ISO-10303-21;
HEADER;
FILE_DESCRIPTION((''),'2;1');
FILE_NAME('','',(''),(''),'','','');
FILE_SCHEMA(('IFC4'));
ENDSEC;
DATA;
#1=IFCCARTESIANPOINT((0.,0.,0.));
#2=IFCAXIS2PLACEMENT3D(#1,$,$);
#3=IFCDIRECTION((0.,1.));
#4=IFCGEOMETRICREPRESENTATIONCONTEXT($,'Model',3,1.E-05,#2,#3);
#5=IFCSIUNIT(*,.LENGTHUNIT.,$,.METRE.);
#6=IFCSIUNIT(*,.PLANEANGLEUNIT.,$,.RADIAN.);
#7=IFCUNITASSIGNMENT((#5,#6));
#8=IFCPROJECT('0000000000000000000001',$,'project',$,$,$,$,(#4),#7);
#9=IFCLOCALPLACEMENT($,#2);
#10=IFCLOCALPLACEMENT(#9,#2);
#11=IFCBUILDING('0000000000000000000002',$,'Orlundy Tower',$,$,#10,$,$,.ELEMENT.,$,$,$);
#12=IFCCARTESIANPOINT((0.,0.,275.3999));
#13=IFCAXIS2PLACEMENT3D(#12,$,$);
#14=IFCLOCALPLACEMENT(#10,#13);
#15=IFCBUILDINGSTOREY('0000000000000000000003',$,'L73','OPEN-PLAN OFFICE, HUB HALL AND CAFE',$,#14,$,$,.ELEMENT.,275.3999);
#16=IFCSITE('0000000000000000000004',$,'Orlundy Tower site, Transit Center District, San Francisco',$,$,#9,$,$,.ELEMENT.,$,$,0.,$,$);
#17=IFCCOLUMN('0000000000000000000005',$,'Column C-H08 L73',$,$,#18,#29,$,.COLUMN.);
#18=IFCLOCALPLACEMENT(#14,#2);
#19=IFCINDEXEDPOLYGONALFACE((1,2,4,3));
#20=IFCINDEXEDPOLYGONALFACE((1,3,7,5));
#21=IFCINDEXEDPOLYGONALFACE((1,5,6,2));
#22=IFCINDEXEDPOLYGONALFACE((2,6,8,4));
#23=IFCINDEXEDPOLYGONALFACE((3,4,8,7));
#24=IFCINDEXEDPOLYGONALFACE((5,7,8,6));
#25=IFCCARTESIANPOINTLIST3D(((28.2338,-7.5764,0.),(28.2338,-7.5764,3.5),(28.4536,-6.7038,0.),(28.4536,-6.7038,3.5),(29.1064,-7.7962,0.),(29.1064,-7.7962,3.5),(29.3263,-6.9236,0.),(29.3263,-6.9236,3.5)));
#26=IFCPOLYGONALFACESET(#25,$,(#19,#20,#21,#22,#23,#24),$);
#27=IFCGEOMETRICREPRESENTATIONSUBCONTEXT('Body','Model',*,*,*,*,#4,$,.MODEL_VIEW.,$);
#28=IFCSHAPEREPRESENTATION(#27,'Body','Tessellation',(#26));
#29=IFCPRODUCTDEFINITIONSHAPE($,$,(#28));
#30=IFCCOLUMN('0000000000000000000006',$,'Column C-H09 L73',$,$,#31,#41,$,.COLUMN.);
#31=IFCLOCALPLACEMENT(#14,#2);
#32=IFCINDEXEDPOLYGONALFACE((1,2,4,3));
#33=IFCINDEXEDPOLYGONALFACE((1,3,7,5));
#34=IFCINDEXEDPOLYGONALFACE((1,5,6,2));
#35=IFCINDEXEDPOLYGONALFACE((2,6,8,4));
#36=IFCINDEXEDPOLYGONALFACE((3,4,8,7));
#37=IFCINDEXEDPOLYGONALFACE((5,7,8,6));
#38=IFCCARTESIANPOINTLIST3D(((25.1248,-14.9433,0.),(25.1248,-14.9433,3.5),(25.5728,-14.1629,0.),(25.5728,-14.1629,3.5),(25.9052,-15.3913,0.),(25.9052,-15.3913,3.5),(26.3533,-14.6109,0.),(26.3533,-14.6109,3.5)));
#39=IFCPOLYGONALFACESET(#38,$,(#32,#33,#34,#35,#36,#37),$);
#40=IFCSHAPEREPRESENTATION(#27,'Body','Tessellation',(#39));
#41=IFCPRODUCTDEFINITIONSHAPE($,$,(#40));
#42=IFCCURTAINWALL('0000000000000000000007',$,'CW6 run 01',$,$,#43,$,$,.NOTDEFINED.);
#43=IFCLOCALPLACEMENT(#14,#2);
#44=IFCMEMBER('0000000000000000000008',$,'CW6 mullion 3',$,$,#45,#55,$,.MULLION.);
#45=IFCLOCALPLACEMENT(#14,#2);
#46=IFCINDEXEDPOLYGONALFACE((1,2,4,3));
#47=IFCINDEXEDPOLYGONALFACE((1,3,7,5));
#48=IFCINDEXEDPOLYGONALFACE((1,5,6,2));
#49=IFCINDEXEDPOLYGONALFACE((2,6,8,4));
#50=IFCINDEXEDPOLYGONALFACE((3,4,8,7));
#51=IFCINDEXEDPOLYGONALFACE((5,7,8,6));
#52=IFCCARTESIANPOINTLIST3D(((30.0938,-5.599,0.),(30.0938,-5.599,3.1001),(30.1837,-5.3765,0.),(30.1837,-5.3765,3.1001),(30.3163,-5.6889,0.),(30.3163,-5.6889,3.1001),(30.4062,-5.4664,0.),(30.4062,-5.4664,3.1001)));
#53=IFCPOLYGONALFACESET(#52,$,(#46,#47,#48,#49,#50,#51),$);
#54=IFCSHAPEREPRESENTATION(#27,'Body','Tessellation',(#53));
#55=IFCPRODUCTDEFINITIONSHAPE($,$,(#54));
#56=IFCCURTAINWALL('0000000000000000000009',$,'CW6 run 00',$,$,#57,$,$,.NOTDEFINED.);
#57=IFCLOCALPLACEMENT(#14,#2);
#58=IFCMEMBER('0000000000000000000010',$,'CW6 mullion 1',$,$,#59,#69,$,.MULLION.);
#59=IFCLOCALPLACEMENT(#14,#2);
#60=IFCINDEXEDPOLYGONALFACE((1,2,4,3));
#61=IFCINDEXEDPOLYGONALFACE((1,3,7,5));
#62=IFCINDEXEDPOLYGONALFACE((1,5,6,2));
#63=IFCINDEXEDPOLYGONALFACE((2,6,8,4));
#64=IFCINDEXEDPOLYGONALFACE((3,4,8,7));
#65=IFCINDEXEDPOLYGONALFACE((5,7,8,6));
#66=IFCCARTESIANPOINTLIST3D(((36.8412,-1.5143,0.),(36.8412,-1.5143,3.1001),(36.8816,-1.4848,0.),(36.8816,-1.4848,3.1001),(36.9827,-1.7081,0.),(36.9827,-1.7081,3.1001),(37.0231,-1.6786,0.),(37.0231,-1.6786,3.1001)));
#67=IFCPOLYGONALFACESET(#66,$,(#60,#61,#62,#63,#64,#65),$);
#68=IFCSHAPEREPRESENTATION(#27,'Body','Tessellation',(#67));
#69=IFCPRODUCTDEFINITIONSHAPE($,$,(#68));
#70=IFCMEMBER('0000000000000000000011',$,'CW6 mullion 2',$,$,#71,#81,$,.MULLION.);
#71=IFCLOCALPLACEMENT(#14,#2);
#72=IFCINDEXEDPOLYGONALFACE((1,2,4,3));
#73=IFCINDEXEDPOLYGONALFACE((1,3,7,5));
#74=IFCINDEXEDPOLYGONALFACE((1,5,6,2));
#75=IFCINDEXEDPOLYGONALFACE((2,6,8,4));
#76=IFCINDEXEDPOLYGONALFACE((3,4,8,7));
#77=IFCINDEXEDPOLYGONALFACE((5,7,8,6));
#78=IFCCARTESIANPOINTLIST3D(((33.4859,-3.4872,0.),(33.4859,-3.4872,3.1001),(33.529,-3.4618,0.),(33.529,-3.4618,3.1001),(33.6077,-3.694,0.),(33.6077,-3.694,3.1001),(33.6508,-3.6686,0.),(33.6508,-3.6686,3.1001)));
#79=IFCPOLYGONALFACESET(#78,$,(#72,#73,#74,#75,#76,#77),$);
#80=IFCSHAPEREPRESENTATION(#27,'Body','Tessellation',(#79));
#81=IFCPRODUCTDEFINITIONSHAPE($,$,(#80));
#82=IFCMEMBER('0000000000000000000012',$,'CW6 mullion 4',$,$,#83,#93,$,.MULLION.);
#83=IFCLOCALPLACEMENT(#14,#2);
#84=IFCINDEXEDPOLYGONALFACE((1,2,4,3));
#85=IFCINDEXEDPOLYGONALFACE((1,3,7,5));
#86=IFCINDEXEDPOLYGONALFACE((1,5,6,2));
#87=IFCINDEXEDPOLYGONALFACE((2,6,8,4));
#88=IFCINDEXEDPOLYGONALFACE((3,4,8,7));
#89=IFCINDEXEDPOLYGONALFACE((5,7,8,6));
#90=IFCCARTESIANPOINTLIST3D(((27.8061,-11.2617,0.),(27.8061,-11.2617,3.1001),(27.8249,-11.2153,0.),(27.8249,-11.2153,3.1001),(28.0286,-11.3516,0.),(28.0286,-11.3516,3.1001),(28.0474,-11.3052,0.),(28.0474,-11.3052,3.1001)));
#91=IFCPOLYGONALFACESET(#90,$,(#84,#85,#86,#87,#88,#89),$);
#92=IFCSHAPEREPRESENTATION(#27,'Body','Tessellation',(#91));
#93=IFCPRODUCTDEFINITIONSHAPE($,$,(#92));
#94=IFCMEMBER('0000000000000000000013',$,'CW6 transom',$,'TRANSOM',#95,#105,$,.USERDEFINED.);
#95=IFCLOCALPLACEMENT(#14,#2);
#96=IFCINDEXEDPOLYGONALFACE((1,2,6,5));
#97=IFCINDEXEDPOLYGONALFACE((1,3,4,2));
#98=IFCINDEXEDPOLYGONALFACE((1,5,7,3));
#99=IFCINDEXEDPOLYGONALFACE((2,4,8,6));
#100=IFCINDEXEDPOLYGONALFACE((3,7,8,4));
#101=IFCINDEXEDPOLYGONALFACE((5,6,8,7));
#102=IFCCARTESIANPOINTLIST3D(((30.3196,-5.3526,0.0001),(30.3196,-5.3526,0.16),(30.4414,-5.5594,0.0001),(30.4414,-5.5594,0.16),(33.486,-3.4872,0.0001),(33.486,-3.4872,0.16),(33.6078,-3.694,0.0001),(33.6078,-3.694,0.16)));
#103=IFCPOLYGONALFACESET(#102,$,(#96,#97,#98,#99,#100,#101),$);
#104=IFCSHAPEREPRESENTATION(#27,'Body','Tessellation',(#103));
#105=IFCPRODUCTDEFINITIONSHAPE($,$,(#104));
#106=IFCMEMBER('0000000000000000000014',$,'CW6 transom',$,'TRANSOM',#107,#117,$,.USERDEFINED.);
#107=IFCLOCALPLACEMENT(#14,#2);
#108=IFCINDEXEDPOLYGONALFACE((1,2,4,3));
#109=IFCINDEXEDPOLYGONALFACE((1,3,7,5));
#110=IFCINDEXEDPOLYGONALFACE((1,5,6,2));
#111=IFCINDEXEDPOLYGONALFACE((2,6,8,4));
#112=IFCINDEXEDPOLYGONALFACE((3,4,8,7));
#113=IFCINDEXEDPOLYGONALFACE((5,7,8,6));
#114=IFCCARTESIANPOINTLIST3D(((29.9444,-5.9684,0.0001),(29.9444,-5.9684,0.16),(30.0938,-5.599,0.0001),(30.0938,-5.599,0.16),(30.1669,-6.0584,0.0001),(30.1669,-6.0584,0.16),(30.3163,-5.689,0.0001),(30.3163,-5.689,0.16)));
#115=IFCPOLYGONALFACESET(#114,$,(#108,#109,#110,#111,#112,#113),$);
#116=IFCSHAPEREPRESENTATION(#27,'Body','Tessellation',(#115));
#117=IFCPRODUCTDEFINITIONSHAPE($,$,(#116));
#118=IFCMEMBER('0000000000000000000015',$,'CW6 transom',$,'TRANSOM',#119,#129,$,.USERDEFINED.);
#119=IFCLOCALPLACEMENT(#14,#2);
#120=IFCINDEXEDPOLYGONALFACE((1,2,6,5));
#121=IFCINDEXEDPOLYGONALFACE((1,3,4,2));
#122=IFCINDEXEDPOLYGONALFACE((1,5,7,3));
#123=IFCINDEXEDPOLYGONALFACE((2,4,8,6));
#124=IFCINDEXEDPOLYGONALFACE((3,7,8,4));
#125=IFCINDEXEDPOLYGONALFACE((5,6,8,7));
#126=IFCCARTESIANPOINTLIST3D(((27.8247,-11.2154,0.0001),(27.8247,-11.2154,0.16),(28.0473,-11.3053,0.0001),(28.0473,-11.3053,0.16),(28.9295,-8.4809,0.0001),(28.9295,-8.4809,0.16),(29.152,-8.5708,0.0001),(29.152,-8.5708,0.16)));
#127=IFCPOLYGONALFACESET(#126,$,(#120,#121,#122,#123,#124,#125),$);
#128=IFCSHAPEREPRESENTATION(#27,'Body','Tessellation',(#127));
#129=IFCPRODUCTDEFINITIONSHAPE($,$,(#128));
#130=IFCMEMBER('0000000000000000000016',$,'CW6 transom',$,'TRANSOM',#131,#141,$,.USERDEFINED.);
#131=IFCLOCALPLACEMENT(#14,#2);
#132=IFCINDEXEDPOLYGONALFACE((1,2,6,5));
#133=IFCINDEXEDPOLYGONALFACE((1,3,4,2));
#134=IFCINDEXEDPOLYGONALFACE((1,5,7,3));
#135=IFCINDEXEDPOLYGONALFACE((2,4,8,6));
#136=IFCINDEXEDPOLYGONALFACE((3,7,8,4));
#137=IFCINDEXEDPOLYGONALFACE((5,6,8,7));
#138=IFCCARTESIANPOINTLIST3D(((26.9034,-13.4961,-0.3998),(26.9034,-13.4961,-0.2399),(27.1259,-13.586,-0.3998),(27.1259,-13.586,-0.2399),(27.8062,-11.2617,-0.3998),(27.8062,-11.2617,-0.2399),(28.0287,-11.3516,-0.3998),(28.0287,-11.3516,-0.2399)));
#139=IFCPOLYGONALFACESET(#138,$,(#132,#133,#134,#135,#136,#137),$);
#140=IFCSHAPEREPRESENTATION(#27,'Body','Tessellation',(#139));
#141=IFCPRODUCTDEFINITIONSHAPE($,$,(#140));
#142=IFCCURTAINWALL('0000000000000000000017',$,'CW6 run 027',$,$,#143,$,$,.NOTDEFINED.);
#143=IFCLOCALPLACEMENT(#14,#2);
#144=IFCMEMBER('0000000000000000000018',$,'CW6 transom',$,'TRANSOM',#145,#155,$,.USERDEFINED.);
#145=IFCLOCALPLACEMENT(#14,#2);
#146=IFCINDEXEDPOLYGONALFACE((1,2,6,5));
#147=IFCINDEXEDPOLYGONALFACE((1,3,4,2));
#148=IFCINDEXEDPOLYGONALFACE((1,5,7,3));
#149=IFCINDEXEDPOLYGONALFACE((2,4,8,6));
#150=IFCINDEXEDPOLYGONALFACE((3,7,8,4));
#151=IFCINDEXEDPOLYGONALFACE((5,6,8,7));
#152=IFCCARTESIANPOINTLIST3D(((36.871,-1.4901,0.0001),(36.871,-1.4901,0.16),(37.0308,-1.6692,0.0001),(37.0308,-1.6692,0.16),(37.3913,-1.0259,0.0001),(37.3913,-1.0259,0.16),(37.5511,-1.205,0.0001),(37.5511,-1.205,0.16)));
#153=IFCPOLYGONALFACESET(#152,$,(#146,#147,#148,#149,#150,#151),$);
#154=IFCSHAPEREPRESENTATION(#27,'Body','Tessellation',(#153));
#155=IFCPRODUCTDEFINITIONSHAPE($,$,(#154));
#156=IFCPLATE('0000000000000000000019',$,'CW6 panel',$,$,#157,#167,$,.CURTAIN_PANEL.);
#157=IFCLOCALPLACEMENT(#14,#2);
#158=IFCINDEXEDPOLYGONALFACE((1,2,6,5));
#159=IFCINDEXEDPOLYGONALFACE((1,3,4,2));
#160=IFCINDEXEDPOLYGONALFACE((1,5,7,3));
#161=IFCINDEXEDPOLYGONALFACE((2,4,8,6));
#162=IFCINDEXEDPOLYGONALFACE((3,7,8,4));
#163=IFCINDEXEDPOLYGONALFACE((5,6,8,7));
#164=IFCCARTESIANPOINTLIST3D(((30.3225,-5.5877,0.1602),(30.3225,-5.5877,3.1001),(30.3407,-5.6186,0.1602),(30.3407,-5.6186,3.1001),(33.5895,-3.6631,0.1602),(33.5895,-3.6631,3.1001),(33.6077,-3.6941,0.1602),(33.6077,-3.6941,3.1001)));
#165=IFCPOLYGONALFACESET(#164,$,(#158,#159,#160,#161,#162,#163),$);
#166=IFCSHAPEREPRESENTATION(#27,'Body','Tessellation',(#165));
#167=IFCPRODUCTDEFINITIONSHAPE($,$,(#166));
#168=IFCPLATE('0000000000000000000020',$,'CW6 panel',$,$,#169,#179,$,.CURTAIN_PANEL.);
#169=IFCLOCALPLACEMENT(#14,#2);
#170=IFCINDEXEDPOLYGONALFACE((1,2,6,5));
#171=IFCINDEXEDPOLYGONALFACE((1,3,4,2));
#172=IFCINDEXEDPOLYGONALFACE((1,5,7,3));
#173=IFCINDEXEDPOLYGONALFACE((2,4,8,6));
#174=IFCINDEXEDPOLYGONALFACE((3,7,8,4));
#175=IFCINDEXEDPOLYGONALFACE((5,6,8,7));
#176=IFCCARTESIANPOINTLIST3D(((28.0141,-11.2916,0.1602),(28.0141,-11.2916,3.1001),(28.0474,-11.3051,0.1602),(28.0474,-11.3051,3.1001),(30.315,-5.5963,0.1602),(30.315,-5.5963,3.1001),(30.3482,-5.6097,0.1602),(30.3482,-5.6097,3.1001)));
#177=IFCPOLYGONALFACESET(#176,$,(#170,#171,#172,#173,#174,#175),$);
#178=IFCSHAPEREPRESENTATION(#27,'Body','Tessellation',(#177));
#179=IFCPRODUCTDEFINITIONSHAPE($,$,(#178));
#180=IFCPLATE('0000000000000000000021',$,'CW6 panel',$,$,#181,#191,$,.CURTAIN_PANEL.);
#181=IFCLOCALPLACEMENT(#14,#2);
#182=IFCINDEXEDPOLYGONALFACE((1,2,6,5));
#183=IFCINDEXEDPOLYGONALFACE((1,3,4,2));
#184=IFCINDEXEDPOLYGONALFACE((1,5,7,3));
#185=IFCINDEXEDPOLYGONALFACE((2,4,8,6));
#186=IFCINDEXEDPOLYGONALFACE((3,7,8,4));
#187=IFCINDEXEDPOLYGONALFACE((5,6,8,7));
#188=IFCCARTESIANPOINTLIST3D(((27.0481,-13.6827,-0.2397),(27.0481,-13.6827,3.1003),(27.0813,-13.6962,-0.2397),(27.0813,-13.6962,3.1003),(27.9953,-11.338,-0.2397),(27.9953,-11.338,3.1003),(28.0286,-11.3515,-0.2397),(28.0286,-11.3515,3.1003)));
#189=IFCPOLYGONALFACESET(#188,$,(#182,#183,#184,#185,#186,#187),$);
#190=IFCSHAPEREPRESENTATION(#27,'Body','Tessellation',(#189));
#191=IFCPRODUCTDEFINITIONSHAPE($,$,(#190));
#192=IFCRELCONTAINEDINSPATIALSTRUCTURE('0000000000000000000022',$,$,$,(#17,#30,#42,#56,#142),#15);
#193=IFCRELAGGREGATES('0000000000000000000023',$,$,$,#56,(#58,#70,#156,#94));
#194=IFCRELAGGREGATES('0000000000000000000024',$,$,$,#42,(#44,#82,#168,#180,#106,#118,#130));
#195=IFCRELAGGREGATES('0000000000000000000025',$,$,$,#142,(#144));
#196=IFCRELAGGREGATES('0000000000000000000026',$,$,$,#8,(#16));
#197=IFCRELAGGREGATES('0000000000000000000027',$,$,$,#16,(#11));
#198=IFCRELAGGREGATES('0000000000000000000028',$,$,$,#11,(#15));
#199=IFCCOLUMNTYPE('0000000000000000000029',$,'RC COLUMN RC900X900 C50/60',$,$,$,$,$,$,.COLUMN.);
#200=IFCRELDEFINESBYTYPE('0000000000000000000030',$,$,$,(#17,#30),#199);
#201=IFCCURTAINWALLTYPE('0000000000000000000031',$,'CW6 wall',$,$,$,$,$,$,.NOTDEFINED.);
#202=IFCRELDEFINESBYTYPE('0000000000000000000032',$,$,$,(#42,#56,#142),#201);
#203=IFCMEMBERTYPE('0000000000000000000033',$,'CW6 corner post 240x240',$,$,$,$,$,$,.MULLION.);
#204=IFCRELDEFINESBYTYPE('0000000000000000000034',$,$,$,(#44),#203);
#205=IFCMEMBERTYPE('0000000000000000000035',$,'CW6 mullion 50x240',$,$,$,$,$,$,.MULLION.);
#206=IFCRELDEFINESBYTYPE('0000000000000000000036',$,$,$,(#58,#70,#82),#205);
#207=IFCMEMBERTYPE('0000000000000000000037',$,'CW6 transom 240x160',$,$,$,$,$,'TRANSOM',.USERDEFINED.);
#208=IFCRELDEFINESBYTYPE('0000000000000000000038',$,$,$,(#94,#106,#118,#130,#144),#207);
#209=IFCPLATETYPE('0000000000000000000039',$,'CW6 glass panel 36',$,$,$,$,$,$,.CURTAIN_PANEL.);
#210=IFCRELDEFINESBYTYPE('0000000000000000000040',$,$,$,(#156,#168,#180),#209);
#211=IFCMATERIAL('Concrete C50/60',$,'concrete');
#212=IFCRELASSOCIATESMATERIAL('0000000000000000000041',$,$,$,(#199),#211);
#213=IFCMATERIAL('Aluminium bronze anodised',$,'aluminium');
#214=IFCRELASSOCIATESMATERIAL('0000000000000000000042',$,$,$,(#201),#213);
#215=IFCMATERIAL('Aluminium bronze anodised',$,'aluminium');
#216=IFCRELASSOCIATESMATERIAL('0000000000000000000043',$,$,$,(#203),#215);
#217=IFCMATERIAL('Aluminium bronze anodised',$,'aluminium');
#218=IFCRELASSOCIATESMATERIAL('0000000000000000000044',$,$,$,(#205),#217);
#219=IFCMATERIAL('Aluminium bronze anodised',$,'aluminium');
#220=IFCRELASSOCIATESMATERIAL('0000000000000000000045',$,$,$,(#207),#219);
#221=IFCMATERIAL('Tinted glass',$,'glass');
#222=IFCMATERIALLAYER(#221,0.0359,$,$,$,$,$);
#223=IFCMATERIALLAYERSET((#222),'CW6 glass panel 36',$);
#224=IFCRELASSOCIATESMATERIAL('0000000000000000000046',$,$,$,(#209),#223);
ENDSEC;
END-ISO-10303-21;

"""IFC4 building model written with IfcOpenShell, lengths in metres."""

from ifc_helpers import new_model, si_unit, direction, frame, origin, origin_2d, place, context, subcontext, project, spatial, rectangle, extrude, material, layer, layer_set, material_profile, profile_set, type_object, element, aggregate, save


model = new_model("IFC4")

# Units and contexts
model_context = context("Model", 3, precision=1e-05, world=origin(), true_north=direction((0.0, 1.0)))
body_context = subcontext(model_context, "Body", "Model", "MODEL_VIEW")
ifc_project = project(units=[si_unit("LENGTHUNIT", "METRE"), si_unit("PLANEANGLEUNIT", "RADIAN")], contexts=[model_context])

# Site, building, storey
site_placement = place(None, origin())
site = spatial("IfcSite", under=ifc_project, at=site_placement, Name="Orlundy Tower site, Transit Center District, San Francisco", CompositionType="ELEMENT", RefElevation=0.0)
building_placement = place(site_placement, origin())
building = spatial("IfcBuilding", under=site, at=building_placement, Name="Orlundy Tower", CompositionType="ELEMENT")
storey_placement = place(building_placement, frame((0.0, 0.0, 275.3999)))
storey = spatial("IfcBuildingStorey", under=building, at=storey_placement, Name="L73", Description="OPEN-PLAN OFFICE, HUB HALL AND CAFE", CompositionType="ELEMENT", Elevation=275.3999)

# Columns
ifc_material_1 = material(Name="Concrete C50/60", Category="concrete")
ifc_material_profile_1 = material_profile(ifc_material_1, rectangle(XDim=0.8999, YDim=0.8999, at=origin_2d()), Name="RC900X900")
ifc_profile_set_1 = profile_set([ifc_material_profile_1], Name="Concrete C50/60")
column_type = type_object("IfcColumnType", Name="RC COLUMN RC900X900 C50/60", PredefinedType="COLUMN", material=ifc_profile_set_1)
for number, where, z_axis, x_axis, name in (
    (1, (28.78, -7.25, 0.0), (0.0, 0.0, 1.0), (0.969706, -0.244275, 0.0), "Column C-H08 L73"),
    (2, (25.739, -14.7771, 0.0), (0.0, 0.0, 1.0), (0.867236, -0.497898, 0.0), "Column C-H09 L73"),
):
    element("IfcColumn", number, at=place(storey_placement, frame(where, z_axis=z_axis, x_axis=x_axis)), inside=storey, type_object=column_type, Name=name, PredefinedType="COLUMN", context=body_context, shape_type="SweptSolid", body=[
        extrude(rectangle(XDim=0.8999, YDim=0.8999, at=origin_2d()), origin(), (0.0, 0.0, 1.0), 3.5),
    ])

# Curtain wall, member
ifc_material_2 = material(Name="Aluminium bronze anodised", Category="aluminium")
curtain_wall_type = type_object("IfcCurtainWallType", Name="CW6 wall", PredefinedType="NOTDEFINED", material=ifc_material_2)
curtain_wall_1_placement = place(storey_placement, origin())
curtain_wall_1 = element("IfcCurtainWall", 3, at=curtain_wall_1_placement, inside=storey, type_object=curtain_wall_type, Name="CW6 run 01", PredefinedType="NOTDEFINED")
ifc_material_3 = material(Name="Aluminium bronze anodised", Category="aluminium")
ifc_material_profile_2 = material_profile(ifc_material_3, rectangle(XDim=0.24, YDim=0.24, at=origin_2d()), Name="CW6 corner post 240x240")
ifc_profile_set_2 = profile_set([ifc_material_profile_2], Name="Aluminium bronze anodised")
member_type_1 = type_object("IfcMemberType", Name="CW6 corner post 240x240", PredefinedType="MULLION", material=ifc_profile_set_2)
member_1_placement = place(storey_placement, frame((30.25, -5.5327, 0.0), z_axis=(0.0, 0.0, 1.0), x_axis=(0.927195, -0.374578, 0.0)))
member_1 = element("IfcMember", 4, at=member_1_placement, type_object=member_type_1, Name="CW6 mullion 3", PredefinedType="MULLION", context=body_context, shape_type="SweptSolid", body=[
    extrude(rectangle(XDim=0.24, YDim=0.24, at=origin_2d()), origin(), (0.0, 0.0, 1.0), 3.1001),
])

# Curtain wall, members
curtain_wall_2_placement = place(storey_placement, origin())
curtain_wall_2 = element("IfcCurtainWall", 5, at=curtain_wall_2_placement, inside=storey, type_object=curtain_wall_type, Name="CW6 run 00", PredefinedType="NOTDEFINED")
ifc_material_4 = material(Name="Aluminium bronze anodised", Category="aluminium")
ifc_material_profile_3 = material_profile(ifc_material_4, rectangle(XDim=0.24, YDim=0.05, at=origin_2d()), Name="CW6 mullion 50x240")
ifc_profile_set_3 = profile_set([ifc_material_profile_3], Name="Aluminium bronze anodised")
member_type_2 = type_object("IfcMemberType", Name="CW6 mullion 50x240", PredefinedType="MULLION", material=ifc_profile_set_3)
member_2_placement = place(storey_placement, frame((36.9321, -1.5964, 0.0), z_axis=(0.0, 0.0, 1.0), x_axis=(0.5895, -0.807768, 0.0)))
member_2 = element("IfcMember", 6, at=member_2_placement, type_object=member_type_2, Name="CW6 mullion 1", PredefinedType="MULLION", context=body_context, shape_type="SweptSolid", body=[
    extrude(rectangle(XDim=0.24, YDim=0.05, at=origin_2d()), origin(), (0.0, 0.0, 1.0), 3.1001),
])
member_3_placement = place(storey_placement, frame((33.5684, -3.5779, 0.0), z_axis=(0.0, 0.0, 1.0), x_axis=(0.507565, -0.861614, 0.0)))
member_3 = element("IfcMember", 7, at=member_3_placement, type_object=member_type_2, Name="CW6 mullion 2", PredefinedType="MULLION", context=body_context, shape_type="SweptSolid", body=[
    extrude(rectangle(XDim=0.24, YDim=0.05, at=origin_2d()), origin(), (0.0, 0.0, 1.0), 3.1001),
])

# Members
member_4_placement = place(storey_placement, frame((27.9268, -11.2834, 0.0), z_axis=(0.0, 0.0, 1.0), x_axis=(0.927195, -0.374578, 0.0)))
member_4 = element("IfcMember", 8, at=member_4_placement, type_object=member_type_2, Name="CW6 mullion 4", PredefinedType="MULLION", context=body_context, shape_type="SweptSolid", body=[
    extrude(rectangle(XDim=0.24, YDim=0.05, at=origin_2d()), origin(), (0.0, 0.0, 1.0), 3.1001),
])
ifc_material_5 = material(Name="Aluminium bronze anodised", Category="aluminium")
ifc_material_profile_4 = material_profile(ifc_material_5, rectangle(XDim=0.24, YDim=0.1599, at=origin_2d()), Name="CW6 transom 240x160")
ifc_profile_set_4 = profile_set([ifc_material_profile_4], Name="Aluminium bronze anodised")
member_type_3 = type_object("IfcMemberType", Name="CW6 transom 240x160", ElementType="TRANSOM", PredefinedType="USERDEFINED", material=ifc_profile_set_4)
member_5_placement = place(storey_placement, frame((33.5469, -3.5906, 0.0801), z_axis=(-0.861598, -0.507592, 0.0), x_axis=(0.507592, -0.861598, 0.0)))
member_5 = element("IfcMember", 9, at=member_5_placement, type_object=member_type_3, Name="CW6 transom", ObjectType="TRANSOM", PredefinedType="USERDEFINED", context=body_context, shape_type="SweptSolid", body=[
    extrude(rectangle(XDim=0.24, YDim=0.1599, at=origin_2d()), origin(), (0.0, 0.0, 1.0), 3.675),
])
member_6_placement = place(storey_placement, frame((30.2051, -5.644, 0.0801), z_axis=(-0.37498, -0.927033, 0.0), x_axis=(0.927033, -0.37498, 0.0)))
member_6 = element("IfcMember", 10, at=member_6_placement, type_object=member_type_3, Name="CW6 transom", ObjectType="TRANSOM", PredefinedType="USERDEFINED", context=body_context, shape_type="SweptSolid", body=[
    extrude(rectangle(XDim=0.24, YDim=0.1599, at=origin_2d()), origin(), (0.0, 0.0, 1.0), 0.3984),
])
member_7_placement = place(storey_placement, frame((29.0408, -8.5259, 0.0801), z_axis=(-0.3746, -0.927187, 0.0), x_axis=(0.927187, -0.3746, 0.0)))
member_7 = element("IfcMember", 11, at=member_7_placement, type_object=member_type_3, Name="CW6 transom", ObjectType="TRANSOM", PredefinedType="USERDEFINED", context=body_context, shape_type="SweptSolid", body=[
    extrude(rectangle(XDim=0.24, YDim=0.1599, at=origin_2d()), origin(), (0.0, 0.0, 1.0), 2.9492),
])
member_8_placement = place(storey_placement, frame((27.9175, -11.3066, -0.3198), z_axis=(-0.374637, -0.927171, 0.0), x_axis=(0.927171, -0.374637, 0.0)))
member_8 = element("IfcMember", 12, at=member_8_placement, type_object=member_type_3, Name="CW6 transom", ObjectType="TRANSOM", PredefinedType="USERDEFINED", context=body_context, shape_type="SweptSolid", body=[
    extrude(rectangle(XDim=0.24, YDim=0.1599, at=origin_2d()), origin(), (0.0, 0.0, 1.0), 2.4099),
])

# Curtain wall, member
curtain_wall_3_placement = place(storey_placement, origin())
curtain_wall_3 = element("IfcCurtainWall", 13, at=curtain_wall_3_placement, inside=storey, type_object=curtain_wall_type, Name="CW6 run 027", PredefinedType="NOTDEFINED")
member_9_placement = place(storey_placement, frame((37.4712, -1.1155, 0.0801), z_axis=(-0.74623, -0.665689, 0.0), x_axis=(0.665689, -0.74623, 0.0)))
member_9 = element("IfcMember", 14, at=member_9_placement, type_object=member_type_3, Name="CW6 transom", ObjectType="TRANSOM", PredefinedType="USERDEFINED", context=body_context, shape_type="SweptSolid", body=[
    extrude(rectangle(XDim=0.24, YDim=0.1599, at=origin_2d()), origin(), (0.0, 0.0, 1.0), 0.6973),
])

# Plates
ifc_material_6 = material(Name="Tinted glass", Category="glass")
ifc_layer_1 = layer(ifc_material_6, 0.0359)
ifc_layer_set_1 = layer_set([ifc_layer_1], Name="CW6 glass panel 36")
plate_type = type_object("IfcPlateType", Name="CW6 glass panel 36", PredefinedType="CURTAIN_PANEL", material=ifc_layer_set_1)
plate_1_placement = place(storey_placement, frame((31.9651, -4.6409, 0.1602), z_axis=(0.0, 0.0, 1.0), x_axis=(-0.861614, -0.507565, 0.0)))
plate_1 = element("IfcPlate", 15, at=plate_1_placement, type_object=plate_type, Name="CW6 panel", PredefinedType="CURTAIN_PANEL", context=body_context, shape_type="SweptSolid", body=[
    extrude(rectangle(XDim=3.7917, YDim=0.0359, at=origin_2d()), origin(), (0.0, 0.0, 1.0), 2.9399),
])
aggregate(curtain_wall_2, [member_2, member_3, plate_1, member_5])
plate_2_placement = place(storey_placement, frame((29.1812, -8.4507, 0.1602), z_axis=(0.0, 0.0, 1.0), x_axis=(-0.374578, -0.927195, 0.0)))
plate_2 = element("IfcPlate", 16, at=plate_2_placement, type_object=plate_type, Name="CW6 panel", PredefinedType="CURTAIN_PANEL", context=body_context, shape_type="SweptSolid", body=[
    extrude(rectangle(XDim=6.1426, YDim=0.0359, at=origin_2d()), origin(), (0.0, 0.0, 1.0), 2.9399),
])
plate_3_placement = place(storey_placement, frame((27.5383, -12.5171, -0.2397), z_axis=(0.0, 0.0, 1.0), x_axis=(-0.374578, -0.927195, 0.0)))
plate_3 = element("IfcPlate", 17, at=plate_3_placement, type_object=plate_type, Name="CW6 panel", PredefinedType="CURTAIN_PANEL", context=body_context, shape_type="SweptSolid", body=[
    extrude(rectangle(XDim=2.5288, YDim=0.0359, at=origin_2d()), origin(), (0.0, 0.0, 1.0), 3.3401),
])
aggregate(curtain_wall_1, [member_1, member_4, plate_2, plate_3, member_6, member_7, member_8])
aggregate(curtain_wall_3, [member_9])

save(model, "model.ifc")
